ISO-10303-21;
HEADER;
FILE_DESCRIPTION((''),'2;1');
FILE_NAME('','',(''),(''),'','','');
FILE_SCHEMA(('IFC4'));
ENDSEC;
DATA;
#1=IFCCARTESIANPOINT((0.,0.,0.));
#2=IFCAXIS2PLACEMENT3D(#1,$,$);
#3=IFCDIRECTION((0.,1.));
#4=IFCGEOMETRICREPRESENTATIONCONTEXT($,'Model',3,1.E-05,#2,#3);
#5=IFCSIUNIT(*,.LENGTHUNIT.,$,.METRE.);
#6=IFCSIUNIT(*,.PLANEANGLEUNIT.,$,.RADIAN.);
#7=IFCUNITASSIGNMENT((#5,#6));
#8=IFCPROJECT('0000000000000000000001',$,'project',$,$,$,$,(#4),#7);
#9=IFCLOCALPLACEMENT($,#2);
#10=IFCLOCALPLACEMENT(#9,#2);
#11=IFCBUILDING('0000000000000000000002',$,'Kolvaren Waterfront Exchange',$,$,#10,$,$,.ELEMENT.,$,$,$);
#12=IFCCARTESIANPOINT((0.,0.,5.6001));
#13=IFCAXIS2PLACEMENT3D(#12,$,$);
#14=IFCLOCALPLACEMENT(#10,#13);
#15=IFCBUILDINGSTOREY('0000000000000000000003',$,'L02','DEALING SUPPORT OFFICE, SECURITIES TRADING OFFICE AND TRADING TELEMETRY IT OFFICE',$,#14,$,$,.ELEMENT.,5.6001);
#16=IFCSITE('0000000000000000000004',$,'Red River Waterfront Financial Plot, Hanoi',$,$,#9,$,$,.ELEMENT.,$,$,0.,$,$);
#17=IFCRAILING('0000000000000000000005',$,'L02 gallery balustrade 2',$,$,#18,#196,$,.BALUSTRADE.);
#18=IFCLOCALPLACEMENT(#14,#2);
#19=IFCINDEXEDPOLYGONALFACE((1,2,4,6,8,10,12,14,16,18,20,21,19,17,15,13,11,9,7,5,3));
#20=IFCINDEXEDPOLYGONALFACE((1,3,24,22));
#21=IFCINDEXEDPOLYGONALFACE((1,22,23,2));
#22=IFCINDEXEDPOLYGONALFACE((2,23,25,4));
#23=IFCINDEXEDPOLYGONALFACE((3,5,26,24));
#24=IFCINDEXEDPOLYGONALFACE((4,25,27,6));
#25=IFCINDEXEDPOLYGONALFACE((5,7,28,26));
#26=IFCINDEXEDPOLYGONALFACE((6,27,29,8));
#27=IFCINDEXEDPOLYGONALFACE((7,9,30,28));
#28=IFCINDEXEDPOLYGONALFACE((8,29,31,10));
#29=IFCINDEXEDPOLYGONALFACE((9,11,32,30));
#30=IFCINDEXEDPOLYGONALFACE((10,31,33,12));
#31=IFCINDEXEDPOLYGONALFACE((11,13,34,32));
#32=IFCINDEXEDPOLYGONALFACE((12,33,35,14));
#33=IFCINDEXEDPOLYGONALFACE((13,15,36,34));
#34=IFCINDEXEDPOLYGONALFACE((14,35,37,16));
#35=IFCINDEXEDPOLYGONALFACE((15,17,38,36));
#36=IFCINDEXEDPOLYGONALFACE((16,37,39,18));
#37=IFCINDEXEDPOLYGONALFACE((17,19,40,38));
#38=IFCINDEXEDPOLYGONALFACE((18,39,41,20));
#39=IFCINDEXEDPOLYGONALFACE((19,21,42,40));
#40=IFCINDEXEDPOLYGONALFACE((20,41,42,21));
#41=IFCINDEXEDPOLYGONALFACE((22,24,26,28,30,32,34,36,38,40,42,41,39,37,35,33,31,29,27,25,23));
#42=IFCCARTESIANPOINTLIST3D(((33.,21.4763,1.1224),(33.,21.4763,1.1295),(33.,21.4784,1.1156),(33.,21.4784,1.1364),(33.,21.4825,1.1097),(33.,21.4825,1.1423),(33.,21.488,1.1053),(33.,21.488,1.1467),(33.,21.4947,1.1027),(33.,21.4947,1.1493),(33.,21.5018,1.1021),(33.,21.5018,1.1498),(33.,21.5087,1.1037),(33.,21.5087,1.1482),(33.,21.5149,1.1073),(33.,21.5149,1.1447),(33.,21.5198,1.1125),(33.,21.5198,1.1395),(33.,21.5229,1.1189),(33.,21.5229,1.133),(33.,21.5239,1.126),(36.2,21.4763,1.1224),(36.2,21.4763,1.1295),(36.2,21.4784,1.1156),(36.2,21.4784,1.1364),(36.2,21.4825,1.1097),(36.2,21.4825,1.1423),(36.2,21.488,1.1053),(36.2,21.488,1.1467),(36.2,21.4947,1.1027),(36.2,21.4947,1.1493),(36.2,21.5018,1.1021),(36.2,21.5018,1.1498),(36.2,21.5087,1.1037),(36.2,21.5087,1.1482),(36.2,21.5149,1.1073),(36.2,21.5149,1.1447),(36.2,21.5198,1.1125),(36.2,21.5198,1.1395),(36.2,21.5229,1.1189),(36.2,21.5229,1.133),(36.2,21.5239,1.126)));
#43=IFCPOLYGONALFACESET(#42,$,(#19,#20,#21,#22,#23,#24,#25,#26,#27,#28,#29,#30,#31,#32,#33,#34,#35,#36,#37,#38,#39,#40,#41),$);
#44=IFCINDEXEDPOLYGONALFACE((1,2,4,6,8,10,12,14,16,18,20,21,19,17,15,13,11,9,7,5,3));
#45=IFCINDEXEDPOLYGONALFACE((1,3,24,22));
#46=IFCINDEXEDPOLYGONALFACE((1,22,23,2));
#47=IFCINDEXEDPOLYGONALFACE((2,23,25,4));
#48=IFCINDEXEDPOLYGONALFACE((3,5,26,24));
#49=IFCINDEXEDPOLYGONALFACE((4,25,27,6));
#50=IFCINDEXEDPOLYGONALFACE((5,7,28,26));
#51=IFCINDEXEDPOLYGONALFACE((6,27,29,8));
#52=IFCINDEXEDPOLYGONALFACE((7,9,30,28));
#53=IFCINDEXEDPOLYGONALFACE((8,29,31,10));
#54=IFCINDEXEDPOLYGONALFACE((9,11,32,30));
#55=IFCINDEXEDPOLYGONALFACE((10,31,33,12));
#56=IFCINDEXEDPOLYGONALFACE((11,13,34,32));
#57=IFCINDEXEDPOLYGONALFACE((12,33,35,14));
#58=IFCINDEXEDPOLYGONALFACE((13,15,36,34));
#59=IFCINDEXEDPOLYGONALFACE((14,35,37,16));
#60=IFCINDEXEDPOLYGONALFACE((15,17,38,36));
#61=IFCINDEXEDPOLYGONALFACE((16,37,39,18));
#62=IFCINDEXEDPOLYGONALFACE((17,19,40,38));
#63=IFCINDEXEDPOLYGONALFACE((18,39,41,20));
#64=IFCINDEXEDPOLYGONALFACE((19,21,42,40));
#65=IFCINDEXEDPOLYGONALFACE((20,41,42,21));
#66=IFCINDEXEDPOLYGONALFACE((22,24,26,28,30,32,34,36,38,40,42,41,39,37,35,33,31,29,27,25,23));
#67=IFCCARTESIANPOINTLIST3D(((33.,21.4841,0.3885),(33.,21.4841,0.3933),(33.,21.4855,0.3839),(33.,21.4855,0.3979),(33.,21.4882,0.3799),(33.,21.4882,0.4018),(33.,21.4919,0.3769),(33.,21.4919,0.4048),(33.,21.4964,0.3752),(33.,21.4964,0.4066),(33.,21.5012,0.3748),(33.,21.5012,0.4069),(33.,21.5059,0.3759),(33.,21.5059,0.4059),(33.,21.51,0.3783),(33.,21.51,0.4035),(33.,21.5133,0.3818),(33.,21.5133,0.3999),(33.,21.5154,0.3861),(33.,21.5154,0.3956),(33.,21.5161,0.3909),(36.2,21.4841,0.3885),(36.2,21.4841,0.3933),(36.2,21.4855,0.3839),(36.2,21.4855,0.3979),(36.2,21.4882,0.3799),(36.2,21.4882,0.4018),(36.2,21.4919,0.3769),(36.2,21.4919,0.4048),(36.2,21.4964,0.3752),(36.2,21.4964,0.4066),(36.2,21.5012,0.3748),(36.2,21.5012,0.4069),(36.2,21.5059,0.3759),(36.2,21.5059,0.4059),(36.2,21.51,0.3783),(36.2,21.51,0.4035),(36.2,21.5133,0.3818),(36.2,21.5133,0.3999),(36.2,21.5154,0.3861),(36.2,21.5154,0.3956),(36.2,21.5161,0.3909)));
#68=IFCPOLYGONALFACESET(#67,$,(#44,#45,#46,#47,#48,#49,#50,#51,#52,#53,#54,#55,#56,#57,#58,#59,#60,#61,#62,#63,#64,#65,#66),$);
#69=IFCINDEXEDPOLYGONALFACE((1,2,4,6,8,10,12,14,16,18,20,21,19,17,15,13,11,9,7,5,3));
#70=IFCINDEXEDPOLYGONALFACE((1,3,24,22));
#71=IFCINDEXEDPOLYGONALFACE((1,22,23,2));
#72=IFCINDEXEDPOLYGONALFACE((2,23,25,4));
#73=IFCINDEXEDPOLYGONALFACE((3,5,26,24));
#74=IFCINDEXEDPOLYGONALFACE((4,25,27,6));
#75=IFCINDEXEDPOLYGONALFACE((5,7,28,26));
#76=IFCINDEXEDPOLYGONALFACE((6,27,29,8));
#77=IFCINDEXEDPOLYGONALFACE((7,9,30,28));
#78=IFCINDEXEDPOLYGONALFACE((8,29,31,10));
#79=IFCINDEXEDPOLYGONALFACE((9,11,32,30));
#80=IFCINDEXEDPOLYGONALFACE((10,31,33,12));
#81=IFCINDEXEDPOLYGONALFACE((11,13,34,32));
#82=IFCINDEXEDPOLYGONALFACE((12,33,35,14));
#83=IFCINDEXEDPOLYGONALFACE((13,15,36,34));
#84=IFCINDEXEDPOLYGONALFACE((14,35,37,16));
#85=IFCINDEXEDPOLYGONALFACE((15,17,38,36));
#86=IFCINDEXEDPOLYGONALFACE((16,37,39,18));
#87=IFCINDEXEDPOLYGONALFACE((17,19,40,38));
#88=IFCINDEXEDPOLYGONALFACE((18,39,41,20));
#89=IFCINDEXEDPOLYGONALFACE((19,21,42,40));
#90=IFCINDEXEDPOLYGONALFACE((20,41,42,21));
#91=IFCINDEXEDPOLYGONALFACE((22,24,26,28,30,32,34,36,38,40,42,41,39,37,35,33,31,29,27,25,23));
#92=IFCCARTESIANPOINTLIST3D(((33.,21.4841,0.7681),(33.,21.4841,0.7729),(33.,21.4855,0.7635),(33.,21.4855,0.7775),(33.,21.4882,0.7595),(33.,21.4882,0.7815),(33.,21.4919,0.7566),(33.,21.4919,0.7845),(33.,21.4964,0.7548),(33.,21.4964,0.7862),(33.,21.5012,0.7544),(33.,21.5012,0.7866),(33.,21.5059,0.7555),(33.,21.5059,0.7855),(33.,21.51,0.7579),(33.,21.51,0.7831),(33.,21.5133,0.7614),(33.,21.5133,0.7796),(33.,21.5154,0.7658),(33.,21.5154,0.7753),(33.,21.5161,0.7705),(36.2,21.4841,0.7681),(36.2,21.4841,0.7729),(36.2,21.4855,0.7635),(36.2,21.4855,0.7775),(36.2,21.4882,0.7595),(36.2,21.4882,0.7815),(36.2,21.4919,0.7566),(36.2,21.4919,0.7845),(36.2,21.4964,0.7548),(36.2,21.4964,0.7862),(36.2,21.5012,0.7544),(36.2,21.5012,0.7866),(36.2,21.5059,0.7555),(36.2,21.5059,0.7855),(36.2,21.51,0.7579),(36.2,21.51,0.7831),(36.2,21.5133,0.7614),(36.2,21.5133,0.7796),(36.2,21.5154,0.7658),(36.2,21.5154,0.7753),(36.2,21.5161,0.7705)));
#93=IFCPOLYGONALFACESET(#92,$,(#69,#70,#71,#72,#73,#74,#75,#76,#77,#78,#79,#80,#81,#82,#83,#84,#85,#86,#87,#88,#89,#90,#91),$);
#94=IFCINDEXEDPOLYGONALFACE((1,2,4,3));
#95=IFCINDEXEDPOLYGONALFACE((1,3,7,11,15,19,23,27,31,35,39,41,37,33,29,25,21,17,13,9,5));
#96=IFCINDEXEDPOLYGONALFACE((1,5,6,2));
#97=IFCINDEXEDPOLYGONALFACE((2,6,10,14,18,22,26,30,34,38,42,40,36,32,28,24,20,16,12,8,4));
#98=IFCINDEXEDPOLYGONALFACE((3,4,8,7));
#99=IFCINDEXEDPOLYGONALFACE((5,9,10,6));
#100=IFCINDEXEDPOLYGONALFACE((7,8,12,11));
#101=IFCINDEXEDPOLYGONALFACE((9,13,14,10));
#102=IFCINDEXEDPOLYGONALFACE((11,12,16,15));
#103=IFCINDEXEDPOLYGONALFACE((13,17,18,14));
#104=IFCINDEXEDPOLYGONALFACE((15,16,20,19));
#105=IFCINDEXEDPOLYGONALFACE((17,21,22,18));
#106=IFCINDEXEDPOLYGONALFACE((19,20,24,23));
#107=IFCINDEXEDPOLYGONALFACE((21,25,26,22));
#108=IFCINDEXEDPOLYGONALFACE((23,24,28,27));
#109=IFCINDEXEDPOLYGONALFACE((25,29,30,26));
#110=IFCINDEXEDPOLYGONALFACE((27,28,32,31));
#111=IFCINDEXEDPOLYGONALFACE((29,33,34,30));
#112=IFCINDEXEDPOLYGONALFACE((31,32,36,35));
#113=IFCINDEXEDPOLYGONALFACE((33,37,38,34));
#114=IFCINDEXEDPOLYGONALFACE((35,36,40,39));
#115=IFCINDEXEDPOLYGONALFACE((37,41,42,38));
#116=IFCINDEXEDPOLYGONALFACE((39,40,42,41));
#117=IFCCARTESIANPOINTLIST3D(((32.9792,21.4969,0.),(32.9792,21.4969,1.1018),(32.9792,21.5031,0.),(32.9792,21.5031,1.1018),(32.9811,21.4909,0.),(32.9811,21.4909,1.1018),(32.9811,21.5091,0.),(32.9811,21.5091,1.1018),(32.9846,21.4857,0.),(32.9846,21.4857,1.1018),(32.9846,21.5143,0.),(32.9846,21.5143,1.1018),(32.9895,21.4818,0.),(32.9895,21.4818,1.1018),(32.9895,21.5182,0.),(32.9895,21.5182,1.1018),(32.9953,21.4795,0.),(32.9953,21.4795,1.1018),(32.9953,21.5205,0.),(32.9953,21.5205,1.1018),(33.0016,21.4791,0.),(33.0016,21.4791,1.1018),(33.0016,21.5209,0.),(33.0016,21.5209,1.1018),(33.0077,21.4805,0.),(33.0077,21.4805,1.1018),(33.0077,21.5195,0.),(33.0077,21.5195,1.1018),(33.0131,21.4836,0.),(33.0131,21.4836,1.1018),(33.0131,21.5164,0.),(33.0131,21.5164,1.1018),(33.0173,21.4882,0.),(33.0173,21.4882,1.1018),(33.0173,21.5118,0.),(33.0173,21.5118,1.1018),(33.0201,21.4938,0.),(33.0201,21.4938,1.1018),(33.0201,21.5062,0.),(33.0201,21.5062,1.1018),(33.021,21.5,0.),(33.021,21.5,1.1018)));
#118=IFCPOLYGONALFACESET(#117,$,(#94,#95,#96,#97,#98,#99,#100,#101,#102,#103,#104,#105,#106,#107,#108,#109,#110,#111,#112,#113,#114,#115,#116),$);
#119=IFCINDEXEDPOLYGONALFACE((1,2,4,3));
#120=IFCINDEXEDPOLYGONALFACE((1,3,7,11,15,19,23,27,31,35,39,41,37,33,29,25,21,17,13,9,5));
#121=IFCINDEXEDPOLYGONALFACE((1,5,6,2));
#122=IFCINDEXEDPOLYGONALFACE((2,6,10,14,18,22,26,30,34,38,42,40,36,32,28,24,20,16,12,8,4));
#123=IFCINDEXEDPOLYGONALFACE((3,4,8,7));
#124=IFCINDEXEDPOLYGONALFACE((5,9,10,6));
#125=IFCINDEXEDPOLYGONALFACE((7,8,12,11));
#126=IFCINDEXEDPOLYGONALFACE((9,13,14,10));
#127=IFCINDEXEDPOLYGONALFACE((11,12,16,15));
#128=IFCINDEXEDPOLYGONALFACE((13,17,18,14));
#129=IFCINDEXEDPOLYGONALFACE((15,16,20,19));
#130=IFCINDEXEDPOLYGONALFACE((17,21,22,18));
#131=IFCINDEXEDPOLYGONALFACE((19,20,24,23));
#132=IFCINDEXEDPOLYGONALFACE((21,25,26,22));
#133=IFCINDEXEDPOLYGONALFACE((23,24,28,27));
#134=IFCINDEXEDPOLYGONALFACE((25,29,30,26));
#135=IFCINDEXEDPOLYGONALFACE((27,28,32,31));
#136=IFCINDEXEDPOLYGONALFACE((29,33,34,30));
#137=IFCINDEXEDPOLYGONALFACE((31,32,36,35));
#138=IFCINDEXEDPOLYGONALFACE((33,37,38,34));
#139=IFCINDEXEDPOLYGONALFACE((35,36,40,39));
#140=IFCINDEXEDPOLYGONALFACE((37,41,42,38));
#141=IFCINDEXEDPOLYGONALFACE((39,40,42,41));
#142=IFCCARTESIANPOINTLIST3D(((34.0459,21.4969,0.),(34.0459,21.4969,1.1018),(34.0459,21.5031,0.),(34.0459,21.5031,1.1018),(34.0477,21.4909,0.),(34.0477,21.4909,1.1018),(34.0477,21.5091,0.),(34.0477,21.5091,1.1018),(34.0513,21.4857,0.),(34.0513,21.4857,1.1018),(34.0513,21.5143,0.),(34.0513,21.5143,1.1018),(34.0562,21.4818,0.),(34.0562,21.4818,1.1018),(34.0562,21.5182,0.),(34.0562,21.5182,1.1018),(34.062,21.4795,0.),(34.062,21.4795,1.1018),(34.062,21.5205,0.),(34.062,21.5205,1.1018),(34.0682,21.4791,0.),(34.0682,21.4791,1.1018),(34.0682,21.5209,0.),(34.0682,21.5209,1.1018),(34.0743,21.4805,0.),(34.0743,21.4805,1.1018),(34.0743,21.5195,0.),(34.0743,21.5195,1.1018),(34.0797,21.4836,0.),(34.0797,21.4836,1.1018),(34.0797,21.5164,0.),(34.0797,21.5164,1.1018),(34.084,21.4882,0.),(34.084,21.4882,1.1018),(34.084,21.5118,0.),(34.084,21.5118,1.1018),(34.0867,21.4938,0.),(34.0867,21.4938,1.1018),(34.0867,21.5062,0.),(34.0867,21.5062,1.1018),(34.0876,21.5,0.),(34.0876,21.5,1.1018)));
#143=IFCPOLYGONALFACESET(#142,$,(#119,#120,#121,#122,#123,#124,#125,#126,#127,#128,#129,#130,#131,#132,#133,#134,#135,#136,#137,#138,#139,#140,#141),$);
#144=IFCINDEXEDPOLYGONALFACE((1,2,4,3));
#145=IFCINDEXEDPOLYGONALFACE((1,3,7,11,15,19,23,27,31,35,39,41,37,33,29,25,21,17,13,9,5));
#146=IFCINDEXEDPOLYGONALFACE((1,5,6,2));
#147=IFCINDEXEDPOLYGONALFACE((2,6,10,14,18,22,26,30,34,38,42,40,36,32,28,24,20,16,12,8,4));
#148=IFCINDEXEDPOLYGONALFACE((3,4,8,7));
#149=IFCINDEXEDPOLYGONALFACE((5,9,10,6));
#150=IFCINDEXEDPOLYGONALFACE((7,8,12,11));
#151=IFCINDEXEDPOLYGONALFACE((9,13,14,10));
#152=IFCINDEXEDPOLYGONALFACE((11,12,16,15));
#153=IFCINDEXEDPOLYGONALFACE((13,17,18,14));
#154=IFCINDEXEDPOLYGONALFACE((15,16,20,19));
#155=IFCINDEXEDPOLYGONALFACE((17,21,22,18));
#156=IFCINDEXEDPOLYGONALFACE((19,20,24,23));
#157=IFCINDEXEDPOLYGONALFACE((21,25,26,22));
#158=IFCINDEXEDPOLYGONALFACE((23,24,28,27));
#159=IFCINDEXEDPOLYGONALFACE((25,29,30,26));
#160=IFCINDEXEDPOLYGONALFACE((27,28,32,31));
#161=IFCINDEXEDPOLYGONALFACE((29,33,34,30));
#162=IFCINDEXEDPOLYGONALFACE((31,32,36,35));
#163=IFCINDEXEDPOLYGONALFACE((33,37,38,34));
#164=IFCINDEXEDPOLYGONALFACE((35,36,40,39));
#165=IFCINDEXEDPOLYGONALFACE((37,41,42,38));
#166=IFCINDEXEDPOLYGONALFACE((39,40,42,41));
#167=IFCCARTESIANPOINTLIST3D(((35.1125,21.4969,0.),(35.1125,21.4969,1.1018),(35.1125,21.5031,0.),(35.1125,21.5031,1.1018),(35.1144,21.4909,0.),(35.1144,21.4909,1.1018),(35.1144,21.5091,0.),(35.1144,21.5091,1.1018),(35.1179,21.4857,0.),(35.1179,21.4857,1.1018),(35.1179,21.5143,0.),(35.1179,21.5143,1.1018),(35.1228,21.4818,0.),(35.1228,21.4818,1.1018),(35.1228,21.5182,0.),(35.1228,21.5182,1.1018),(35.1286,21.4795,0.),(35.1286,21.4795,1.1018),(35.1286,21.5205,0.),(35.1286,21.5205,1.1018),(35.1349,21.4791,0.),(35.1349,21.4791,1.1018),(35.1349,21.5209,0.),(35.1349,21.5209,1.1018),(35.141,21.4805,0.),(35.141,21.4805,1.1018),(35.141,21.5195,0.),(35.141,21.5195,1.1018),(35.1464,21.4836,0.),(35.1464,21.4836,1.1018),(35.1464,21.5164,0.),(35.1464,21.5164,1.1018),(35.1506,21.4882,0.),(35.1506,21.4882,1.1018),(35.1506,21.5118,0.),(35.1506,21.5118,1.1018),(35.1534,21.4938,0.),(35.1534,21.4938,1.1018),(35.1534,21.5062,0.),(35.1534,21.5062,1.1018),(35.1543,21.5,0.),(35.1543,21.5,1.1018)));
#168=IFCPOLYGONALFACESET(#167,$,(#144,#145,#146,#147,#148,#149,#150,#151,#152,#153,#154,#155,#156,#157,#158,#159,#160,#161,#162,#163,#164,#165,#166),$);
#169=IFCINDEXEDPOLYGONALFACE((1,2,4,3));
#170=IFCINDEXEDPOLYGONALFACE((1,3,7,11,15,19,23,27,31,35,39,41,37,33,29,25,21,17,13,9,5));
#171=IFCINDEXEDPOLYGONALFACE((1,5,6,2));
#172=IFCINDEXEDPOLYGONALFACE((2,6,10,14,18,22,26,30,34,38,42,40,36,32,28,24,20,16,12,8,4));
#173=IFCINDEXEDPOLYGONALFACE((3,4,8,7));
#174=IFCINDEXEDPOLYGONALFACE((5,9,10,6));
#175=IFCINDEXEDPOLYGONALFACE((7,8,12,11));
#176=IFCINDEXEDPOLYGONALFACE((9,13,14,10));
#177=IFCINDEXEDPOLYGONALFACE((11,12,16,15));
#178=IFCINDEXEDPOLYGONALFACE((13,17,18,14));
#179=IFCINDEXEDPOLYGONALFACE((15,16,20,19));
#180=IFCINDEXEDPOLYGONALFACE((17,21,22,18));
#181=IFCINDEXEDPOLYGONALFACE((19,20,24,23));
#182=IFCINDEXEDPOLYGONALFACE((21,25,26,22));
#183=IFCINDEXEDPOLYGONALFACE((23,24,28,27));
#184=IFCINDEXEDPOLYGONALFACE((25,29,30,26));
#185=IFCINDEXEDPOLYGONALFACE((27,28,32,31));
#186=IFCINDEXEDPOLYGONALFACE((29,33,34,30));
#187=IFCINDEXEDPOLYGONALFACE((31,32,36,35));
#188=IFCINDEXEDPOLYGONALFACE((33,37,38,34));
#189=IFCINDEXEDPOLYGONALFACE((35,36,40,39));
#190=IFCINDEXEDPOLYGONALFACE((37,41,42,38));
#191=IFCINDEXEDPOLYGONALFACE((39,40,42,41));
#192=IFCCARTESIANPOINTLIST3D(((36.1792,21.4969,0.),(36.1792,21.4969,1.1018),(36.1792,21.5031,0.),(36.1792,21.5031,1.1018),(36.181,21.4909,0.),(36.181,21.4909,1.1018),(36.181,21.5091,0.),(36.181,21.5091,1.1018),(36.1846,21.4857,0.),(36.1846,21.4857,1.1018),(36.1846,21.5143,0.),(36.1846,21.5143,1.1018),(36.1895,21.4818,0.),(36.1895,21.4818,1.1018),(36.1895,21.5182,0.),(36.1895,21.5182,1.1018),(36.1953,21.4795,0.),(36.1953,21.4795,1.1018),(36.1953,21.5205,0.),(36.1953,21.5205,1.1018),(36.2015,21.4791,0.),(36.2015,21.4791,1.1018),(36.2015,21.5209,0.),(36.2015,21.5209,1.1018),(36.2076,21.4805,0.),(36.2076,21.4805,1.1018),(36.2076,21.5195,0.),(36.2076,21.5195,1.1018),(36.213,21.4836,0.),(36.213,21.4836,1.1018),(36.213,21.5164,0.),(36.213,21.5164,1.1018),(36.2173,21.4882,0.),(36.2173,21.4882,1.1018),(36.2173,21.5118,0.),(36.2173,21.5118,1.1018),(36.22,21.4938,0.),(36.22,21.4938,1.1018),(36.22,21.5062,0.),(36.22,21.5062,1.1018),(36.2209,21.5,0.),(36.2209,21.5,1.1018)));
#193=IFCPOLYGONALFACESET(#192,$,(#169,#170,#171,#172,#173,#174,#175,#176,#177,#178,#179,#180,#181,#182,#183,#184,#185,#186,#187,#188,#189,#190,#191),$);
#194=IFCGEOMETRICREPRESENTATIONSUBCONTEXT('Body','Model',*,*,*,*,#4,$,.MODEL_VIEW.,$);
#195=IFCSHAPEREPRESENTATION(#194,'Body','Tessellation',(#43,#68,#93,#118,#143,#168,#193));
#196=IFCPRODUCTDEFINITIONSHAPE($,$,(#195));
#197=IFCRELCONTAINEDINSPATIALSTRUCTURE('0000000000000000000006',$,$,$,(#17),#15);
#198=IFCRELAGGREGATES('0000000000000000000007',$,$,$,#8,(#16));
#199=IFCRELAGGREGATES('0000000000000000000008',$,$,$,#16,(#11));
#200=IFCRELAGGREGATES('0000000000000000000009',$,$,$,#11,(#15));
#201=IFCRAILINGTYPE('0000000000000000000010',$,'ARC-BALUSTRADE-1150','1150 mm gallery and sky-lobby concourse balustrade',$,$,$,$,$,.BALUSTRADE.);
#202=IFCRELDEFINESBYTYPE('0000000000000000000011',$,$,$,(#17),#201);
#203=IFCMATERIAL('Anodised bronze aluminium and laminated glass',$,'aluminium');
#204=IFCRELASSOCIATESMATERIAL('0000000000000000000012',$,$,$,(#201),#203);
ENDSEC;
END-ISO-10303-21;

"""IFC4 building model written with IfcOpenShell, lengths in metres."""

from ifc_helpers import new_model, si_unit, direction, frame, origin, origin_2d, place, context, subcontext, project, spatial, circle, extrude, material, type_object, element, save


model = new_model("IFC4")

# Units and contexts
model_context = context("Model", 3, precision=1e-05, world=origin(), true_north=direction((0.0, 1.0)))
body_context = subcontext(model_context, "Body", "Model", "MODEL_VIEW")
ifc_project = project(units=[si_unit("LENGTHUNIT", "METRE"), si_unit("PLANEANGLEUNIT", "RADIAN")], contexts=[model_context])

# Site, building, storey
site_placement = place(None, origin())
site = spatial("IfcSite", under=ifc_project, at=site_placement, Name="Red River Waterfront Financial Plot, Hanoi", CompositionType="ELEMENT", RefElevation=0.0)
building_placement = place(site_placement, origin())
building = spatial("IfcBuilding", under=site, at=building_placement, Name="Kolvaren Waterfront Exchange", CompositionType="ELEMENT")
storey_placement = place(building_placement, frame((0.0, 0.0, 5.6001)))
storey = spatial("IfcBuildingStorey", under=building, at=storey_placement, Name="L02", Description="DEALING SUPPORT OFFICE, SECURITIES TRADING OFFICE AND TRADING TELEMETRY IT OFFICE", CompositionType="ELEMENT", Elevation=5.6001)

# Railing
ifc_material_1 = material(Name="Anodised bronze aluminium and laminated glass", Category="aluminium")
railing_type_1 = type_object("IfcRailingType", Name="ARC-BALUSTRADE-1150", Description="1150 mm gallery and sky-lobby concourse balustrade", PredefinedType="BALUSTRADE", material=ifc_material_1)
for number, where, name in (
    (1, (33.0, 21.5, 0.0), "L02 gallery balustrade 2"),
):
    element("IfcRailing", number, at=place(storey_placement, frame(where)), inside=storey, type_object=railing_type_1, Name=name, PredefinedType="BALUSTRADE", context=body_context, shape_type="SweptSolid", body=[
        extrude(circle(Radius=0.0239, at=origin_2d()), frame((0.0, 0.0, 1.126), z_axis=(1.0, 0.0, 0.0), x_axis=(0.0, 1.0, 0.0)), (0.0, 0.0, 1.0), 3.2),
        extrude(circle(Radius=0.0161, at=origin_2d()), frame((0.0, 0.0, 0.3909), z_axis=(1.0, 0.0, 0.0), x_axis=(0.0, 1.0, 0.0)), (0.0, 0.0, 1.0), 3.2),
        extrude(circle(Radius=0.0161, at=origin_2d()), frame((0.0, 0.0, 0.7705), z_axis=(1.0, 0.0, 0.0), x_axis=(0.0, 1.0, 0.0)), (0.0, 0.0, 1.0), 3.2),
        extrude(circle(Radius=0.021, at=origin_2d()), origin(), (0.0, 0.0, 1.0), 1.1018),
        extrude(circle(Radius=0.021, at=origin_2d()), frame((1.0667, 0.0, 0.0)), (0.0, 0.0, 1.0), 1.1018),
        extrude(circle(Radius=0.021, at=origin_2d()), frame((2.1333, 0.0, 0.0)), (0.0, 0.0, 1.0), 1.1018),
        extrude(circle(Radius=0.021, at=origin_2d()), frame((3.2, 0.0, 0.0)), (0.0, 0.0, 1.0), 1.1018),
    ])

save(model, "model.ifc")
